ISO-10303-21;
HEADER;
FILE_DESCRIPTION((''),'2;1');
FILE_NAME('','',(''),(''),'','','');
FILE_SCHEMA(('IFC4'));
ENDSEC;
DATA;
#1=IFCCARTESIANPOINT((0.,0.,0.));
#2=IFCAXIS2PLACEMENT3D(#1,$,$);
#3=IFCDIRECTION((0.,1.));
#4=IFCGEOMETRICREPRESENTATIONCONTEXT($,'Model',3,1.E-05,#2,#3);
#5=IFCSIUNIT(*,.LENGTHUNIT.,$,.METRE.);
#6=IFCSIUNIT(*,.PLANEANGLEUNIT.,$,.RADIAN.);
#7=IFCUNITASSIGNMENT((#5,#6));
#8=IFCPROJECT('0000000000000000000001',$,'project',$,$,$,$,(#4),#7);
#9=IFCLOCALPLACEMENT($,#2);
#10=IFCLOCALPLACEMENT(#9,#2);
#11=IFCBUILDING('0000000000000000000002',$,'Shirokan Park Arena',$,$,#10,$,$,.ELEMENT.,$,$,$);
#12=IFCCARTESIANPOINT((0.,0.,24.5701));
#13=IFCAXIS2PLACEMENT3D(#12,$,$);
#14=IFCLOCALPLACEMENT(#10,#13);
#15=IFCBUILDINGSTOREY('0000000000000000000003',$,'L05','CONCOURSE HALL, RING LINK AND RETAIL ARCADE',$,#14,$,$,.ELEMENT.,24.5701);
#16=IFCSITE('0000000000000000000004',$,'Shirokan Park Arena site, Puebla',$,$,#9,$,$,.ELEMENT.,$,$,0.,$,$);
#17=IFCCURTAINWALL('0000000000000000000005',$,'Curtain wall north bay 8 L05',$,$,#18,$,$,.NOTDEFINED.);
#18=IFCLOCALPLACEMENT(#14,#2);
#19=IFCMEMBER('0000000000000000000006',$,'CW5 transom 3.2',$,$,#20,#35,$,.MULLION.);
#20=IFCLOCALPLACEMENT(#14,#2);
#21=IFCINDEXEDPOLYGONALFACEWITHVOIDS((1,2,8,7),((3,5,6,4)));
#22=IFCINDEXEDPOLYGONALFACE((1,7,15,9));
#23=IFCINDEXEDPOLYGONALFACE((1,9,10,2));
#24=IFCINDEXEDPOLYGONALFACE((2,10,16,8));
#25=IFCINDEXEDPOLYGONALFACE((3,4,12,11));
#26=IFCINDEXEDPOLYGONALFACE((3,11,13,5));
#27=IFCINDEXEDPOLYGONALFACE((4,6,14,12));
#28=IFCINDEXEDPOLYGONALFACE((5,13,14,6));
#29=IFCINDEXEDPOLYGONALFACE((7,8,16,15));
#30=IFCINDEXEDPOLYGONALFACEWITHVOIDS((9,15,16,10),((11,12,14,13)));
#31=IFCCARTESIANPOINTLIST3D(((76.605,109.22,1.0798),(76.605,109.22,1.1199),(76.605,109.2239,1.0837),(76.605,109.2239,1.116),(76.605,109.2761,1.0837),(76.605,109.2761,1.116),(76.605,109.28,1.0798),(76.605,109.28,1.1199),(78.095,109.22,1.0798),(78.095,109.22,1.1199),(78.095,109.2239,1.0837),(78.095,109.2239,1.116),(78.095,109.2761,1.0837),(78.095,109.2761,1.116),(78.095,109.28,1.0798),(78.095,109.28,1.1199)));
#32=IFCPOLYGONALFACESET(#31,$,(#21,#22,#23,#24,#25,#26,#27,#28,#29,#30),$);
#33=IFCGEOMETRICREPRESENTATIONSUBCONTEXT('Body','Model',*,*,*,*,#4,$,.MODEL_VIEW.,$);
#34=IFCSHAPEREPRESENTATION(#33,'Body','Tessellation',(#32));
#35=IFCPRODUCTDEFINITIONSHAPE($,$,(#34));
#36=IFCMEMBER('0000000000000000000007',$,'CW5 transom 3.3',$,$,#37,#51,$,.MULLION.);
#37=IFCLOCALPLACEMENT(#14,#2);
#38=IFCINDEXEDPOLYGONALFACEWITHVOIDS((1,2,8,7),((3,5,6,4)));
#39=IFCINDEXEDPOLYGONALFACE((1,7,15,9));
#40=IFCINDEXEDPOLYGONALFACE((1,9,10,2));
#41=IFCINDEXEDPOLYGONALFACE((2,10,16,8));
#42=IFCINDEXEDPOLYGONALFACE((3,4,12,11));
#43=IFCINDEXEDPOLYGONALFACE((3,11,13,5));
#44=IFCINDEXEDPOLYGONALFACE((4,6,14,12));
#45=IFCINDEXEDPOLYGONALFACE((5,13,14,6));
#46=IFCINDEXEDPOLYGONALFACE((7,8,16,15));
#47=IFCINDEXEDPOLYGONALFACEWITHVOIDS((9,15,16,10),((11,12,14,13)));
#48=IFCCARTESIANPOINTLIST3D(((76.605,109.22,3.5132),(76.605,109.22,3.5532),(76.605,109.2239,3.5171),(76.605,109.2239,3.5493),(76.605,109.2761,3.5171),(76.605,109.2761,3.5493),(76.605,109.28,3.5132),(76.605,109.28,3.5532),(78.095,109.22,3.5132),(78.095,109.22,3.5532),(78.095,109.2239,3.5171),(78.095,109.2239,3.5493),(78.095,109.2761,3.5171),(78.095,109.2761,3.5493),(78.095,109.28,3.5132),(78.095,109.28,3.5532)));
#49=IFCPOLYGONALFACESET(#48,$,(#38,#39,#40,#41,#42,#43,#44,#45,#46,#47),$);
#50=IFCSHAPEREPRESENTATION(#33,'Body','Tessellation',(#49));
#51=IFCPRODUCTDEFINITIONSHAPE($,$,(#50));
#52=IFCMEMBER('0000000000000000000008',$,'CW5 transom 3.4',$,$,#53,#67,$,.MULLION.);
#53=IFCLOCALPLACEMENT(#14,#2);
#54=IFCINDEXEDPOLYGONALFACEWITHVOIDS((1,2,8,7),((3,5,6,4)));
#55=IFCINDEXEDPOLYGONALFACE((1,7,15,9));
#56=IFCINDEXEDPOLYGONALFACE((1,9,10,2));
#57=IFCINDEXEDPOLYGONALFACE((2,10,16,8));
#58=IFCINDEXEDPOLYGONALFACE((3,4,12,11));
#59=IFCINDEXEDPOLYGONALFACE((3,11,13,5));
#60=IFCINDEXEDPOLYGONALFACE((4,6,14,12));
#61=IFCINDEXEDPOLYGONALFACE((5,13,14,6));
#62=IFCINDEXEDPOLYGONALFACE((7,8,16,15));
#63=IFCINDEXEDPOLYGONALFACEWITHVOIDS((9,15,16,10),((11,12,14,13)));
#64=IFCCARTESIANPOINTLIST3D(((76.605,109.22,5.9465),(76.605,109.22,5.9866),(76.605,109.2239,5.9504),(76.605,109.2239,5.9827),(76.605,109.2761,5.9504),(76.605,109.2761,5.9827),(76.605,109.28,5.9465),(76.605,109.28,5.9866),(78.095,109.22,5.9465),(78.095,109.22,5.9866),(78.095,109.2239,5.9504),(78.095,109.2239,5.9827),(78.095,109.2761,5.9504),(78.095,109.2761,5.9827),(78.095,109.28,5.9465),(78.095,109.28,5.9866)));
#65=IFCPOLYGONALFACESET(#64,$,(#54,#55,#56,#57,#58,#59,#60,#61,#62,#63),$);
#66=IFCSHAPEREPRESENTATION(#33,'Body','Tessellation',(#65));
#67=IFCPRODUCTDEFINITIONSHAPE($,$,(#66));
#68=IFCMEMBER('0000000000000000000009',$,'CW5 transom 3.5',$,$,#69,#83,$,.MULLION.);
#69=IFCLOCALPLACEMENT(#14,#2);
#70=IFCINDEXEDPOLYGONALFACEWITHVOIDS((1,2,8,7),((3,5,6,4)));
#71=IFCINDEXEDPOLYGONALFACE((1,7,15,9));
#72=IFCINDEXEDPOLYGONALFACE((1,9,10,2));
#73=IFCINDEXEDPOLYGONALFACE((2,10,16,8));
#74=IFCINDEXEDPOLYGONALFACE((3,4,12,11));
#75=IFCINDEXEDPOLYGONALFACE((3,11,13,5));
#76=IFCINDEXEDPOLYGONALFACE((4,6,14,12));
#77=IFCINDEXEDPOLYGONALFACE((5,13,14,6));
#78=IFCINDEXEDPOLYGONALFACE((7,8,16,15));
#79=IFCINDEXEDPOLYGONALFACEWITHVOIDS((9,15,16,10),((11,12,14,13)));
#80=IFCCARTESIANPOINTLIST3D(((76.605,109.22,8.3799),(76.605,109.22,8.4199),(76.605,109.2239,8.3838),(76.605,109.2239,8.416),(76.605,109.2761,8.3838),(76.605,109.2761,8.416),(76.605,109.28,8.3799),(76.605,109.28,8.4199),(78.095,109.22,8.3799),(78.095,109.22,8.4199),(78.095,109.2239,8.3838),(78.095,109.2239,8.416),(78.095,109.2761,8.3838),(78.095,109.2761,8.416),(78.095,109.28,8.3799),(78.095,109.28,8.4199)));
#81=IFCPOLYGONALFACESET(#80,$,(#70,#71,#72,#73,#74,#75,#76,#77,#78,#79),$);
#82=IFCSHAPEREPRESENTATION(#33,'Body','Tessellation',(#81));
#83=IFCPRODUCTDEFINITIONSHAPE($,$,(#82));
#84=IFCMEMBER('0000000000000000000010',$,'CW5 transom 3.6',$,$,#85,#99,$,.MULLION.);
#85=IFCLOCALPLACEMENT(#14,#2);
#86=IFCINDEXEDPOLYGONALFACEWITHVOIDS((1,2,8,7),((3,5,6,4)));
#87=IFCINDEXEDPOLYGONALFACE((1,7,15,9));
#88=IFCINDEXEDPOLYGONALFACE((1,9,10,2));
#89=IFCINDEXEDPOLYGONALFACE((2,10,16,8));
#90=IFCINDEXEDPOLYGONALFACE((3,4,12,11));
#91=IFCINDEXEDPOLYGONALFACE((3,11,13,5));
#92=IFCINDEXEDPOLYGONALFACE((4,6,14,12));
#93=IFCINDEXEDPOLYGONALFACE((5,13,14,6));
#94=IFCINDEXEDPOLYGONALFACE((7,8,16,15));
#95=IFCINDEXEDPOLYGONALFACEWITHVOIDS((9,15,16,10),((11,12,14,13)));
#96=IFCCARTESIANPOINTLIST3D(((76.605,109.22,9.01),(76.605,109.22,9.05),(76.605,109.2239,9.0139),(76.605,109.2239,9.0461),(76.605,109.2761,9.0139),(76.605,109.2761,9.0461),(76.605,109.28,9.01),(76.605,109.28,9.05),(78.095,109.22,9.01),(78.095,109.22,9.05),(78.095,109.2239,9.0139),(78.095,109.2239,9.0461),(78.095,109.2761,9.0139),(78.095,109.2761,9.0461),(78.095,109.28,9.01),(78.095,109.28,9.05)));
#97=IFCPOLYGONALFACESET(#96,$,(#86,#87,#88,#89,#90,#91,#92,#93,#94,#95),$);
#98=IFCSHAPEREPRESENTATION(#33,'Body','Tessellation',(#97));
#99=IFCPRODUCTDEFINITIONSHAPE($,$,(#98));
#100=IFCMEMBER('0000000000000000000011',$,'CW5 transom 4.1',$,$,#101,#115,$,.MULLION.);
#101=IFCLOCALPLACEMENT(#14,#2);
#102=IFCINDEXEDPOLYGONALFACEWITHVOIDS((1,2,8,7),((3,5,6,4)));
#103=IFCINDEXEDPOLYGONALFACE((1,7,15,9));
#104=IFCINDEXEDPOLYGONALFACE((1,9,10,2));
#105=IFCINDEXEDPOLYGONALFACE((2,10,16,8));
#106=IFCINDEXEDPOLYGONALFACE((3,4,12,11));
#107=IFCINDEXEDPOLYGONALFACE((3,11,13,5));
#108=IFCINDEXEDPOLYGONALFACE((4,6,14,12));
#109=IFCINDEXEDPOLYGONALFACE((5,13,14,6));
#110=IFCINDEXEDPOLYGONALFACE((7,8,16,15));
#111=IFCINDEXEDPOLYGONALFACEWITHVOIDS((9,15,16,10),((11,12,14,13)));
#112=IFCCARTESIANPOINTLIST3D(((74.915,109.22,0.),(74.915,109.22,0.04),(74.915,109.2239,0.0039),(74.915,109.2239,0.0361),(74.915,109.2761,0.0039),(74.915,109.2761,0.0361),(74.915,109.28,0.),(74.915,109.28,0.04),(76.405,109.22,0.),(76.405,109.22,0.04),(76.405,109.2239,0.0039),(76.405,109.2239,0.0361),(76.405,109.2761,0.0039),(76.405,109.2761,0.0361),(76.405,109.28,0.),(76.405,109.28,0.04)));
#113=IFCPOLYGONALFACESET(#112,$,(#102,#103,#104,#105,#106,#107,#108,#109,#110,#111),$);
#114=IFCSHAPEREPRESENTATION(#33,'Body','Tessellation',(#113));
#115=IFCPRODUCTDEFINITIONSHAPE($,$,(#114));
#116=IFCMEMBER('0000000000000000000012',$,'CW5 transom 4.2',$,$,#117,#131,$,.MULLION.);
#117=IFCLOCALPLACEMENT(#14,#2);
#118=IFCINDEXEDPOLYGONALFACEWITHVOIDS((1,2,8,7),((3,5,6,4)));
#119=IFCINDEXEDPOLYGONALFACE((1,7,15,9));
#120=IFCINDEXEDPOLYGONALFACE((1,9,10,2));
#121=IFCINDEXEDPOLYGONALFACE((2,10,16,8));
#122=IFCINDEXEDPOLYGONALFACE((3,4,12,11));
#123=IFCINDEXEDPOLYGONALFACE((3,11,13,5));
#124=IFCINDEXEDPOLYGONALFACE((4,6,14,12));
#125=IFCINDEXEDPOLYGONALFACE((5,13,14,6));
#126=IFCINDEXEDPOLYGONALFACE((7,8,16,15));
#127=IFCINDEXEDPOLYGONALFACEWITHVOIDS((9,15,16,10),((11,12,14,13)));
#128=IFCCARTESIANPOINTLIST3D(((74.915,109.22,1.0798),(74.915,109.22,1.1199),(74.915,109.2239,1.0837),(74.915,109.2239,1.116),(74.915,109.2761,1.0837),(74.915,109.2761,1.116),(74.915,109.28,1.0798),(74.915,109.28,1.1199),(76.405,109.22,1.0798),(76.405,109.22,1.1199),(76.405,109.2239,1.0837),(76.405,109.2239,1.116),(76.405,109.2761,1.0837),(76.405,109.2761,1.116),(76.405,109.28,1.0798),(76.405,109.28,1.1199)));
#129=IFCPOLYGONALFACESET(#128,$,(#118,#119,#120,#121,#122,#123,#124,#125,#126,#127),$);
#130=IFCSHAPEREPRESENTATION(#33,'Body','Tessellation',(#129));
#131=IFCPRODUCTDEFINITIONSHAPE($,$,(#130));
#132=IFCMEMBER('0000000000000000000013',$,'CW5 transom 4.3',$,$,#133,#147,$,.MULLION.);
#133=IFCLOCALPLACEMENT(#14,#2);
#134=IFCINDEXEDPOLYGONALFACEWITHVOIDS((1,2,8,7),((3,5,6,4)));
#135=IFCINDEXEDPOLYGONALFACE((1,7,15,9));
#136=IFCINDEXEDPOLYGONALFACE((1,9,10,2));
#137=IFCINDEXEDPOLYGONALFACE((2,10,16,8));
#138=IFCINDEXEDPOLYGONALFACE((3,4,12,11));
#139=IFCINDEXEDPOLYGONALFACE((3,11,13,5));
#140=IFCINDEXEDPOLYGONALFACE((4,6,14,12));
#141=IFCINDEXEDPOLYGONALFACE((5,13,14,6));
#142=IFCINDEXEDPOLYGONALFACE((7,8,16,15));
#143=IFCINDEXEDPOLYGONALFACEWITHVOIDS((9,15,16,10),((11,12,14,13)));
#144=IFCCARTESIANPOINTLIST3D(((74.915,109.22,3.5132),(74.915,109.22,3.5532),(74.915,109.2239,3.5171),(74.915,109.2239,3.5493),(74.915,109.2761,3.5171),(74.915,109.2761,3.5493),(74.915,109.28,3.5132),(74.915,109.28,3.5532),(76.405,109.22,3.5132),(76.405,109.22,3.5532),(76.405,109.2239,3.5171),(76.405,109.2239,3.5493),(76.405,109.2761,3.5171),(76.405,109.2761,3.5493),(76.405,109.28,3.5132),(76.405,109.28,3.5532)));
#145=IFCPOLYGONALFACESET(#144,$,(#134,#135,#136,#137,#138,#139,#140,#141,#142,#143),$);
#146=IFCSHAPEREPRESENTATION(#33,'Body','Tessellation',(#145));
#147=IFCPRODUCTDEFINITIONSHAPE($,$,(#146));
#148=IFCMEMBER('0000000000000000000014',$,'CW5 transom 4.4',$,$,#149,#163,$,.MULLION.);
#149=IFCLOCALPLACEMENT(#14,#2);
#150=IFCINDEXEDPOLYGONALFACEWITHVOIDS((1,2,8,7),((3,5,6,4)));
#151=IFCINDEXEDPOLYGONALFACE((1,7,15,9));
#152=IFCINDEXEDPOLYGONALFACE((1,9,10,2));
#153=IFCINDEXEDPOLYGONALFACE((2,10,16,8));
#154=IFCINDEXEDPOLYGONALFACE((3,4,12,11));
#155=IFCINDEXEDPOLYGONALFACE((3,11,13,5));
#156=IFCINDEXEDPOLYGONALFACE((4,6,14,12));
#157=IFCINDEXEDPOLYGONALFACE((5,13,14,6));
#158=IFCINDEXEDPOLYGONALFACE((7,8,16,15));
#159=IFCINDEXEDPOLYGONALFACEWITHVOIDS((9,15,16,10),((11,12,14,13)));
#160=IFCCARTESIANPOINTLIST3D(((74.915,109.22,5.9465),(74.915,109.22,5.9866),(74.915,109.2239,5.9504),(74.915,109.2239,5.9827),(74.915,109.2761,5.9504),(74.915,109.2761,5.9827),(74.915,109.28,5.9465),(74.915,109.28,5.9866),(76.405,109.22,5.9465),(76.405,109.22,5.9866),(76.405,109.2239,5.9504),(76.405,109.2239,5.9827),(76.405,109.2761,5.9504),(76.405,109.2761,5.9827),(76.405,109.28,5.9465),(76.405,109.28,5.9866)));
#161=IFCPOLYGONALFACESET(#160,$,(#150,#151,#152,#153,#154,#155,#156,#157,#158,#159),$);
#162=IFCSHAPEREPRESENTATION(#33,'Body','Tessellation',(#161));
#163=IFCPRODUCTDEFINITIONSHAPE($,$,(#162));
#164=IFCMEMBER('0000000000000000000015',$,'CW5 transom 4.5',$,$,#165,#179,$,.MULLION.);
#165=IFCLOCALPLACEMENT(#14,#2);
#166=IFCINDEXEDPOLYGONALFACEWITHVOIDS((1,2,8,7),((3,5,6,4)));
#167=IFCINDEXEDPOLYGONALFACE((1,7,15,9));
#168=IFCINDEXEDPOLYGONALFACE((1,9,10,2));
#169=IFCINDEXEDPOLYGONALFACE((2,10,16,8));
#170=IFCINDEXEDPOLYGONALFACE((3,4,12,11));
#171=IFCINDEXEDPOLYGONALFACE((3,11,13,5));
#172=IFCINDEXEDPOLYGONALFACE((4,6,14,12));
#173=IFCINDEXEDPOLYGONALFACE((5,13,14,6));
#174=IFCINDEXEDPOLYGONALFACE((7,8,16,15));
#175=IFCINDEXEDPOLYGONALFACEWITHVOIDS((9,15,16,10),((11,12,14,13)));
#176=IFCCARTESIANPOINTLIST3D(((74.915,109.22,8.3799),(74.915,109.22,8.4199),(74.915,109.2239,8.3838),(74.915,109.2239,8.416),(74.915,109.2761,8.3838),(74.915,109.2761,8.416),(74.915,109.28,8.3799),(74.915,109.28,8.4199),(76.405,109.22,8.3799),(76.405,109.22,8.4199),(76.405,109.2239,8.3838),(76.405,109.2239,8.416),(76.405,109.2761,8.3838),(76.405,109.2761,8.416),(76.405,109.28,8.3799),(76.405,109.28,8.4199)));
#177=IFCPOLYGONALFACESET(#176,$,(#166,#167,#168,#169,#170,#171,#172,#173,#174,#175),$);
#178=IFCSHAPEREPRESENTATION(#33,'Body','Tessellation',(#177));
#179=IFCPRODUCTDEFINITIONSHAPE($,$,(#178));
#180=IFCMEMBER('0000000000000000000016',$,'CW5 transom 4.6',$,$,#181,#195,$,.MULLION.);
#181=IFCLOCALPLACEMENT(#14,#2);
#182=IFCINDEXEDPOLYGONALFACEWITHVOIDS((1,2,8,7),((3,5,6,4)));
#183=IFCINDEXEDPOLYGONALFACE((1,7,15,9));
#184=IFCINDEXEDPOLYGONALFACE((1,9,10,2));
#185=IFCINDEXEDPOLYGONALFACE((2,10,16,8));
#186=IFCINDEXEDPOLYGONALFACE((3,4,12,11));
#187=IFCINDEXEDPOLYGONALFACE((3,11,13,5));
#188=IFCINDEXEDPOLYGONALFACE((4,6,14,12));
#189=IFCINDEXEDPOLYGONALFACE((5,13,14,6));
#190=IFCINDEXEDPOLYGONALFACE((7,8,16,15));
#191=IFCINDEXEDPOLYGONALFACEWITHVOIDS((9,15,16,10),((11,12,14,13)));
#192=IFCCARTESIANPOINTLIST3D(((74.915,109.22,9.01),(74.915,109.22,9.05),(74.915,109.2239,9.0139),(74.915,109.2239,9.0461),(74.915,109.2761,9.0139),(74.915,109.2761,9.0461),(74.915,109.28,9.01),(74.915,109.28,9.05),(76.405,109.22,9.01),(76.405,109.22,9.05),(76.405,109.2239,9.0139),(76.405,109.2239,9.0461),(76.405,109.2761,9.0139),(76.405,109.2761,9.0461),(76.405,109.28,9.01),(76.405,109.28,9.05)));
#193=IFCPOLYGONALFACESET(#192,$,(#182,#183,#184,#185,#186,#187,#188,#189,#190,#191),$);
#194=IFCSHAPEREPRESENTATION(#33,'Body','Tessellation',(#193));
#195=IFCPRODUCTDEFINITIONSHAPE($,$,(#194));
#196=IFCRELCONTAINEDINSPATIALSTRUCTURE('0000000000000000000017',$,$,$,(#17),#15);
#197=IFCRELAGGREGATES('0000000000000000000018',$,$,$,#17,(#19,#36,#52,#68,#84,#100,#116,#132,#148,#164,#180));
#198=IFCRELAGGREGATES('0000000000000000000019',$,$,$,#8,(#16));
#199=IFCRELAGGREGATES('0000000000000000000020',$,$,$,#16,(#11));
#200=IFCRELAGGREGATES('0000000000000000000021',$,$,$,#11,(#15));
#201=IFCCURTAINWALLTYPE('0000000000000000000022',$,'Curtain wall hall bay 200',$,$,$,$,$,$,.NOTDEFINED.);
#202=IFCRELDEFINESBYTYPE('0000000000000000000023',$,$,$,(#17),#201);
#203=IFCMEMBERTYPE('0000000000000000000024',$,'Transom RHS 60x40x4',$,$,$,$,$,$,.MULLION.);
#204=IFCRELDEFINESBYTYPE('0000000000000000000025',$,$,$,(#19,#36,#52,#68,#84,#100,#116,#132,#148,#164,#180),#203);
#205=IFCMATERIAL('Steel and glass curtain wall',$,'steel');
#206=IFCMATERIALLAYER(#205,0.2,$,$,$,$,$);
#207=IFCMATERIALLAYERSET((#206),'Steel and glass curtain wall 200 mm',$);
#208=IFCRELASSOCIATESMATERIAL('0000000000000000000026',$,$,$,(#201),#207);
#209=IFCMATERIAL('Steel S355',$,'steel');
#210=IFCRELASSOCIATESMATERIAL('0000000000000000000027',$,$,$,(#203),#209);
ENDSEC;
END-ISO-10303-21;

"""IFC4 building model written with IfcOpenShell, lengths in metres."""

from ifc_helpers import new_model, si_unit, direction, frame, origin, origin_2d, place, context, subcontext, project, spatial, hollow_rectangle, extrude, material, layer, layer_set, material_profile, profile_set, type_object, element, aggregate, save


model = new_model("IFC4")

# Units and contexts
model_context = context("Model", 3, precision=1e-05, world=origin(), true_north=direction((0.0, 1.0)))
body_context = subcontext(model_context, "Body", "Model", "MODEL_VIEW")
ifc_project = project(units=[si_unit("LENGTHUNIT", "METRE"), si_unit("PLANEANGLEUNIT", "RADIAN")], contexts=[model_context])

# Site, building, storey
site_placement = place(None, origin())
site = spatial("IfcSite", under=ifc_project, at=site_placement, Name="Shirokan Park Arena site, Puebla", CompositionType="ELEMENT", RefElevation=0.0)
building_placement = place(site_placement, origin())
building = spatial("IfcBuilding", under=site, at=building_placement, Name="Shirokan Park Arena", CompositionType="ELEMENT")
storey_placement = place(building_placement, frame((0.0, 0.0, 24.5701)))
storey = spatial("IfcBuildingStorey", under=building, at=storey_placement, Name="L05", Description="CONCOURSE HALL, RING LINK AND RETAIL ARCADE", CompositionType="ELEMENT", Elevation=24.5701)

# Curtain wall, members
ifc_material_1 = material(Name="Steel and glass curtain wall", Category="steel")
ifc_layer_1 = layer(ifc_material_1, 0.2)
ifc_layer_set_1 = layer_set([ifc_layer_1], Name="Steel and glass curtain wall 200 mm")
curtain_wall_type = type_object("IfcCurtainWallType", Name="Curtain wall hall bay 200", PredefinedType="NOTDEFINED", material=ifc_layer_set_1)
curtain_wall_placement = place(storey_placement, origin())
curtain_wall = element("IfcCurtainWall", 1, at=curtain_wall_placement, inside=storey, type_object=curtain_wall_type, Name="Curtain wall north bay 8 L05", PredefinedType="NOTDEFINED")
ifc_material_2 = material(Name="Steel S355", Category="steel")
ifc_material_profile_1 = material_profile(ifc_material_2, hollow_rectangle(XDim=0.0601, YDim=0.04, WallThickness=0.0039, at=origin_2d()), Name="RHS 60x40x4")
ifc_profile_set_1 = profile_set([ifc_material_profile_1], Name="Steel S355")
member_type_1 = type_object("IfcMemberType", Name="Transom RHS 60x40x4", PredefinedType="MULLION", material=ifc_profile_set_1)
member_1_placement = place(storey_placement, frame((78.095, 109.25, 1.0999), z_axis=(-1.0, 0.0, 0.0), x_axis=(0.0, -1.0, 0.0)))
member_1 = element("IfcMember", 2, at=member_1_placement, type_object=member_type_1, Name="CW5 transom 3.2", PredefinedType="MULLION", context=body_context, shape_type="SweptSolid", body=[
    extrude(hollow_rectangle(XDim=0.0601, YDim=0.04, WallThickness=0.0039, at=origin_2d()), origin(), (0.0, 0.0, 1.0), 1.49),
])
member_2_placement = place(storey_placement, frame((78.095, 109.25, 3.5332), z_axis=(-1.0, 0.0, 0.0), x_axis=(0.0, -1.0, 0.0)))
member_2 = element("IfcMember", 3, at=member_2_placement, type_object=member_type_1, Name="CW5 transom 3.3", PredefinedType="MULLION", context=body_context, shape_type="SweptSolid", body=[
    extrude(hollow_rectangle(XDim=0.0601, YDim=0.04, WallThickness=0.0039, at=origin_2d()), origin(), (0.0, 0.0, 1.0), 1.49),
])
member_3_placement = place(storey_placement, frame((78.095, 109.25, 5.9666), z_axis=(-1.0, 0.0, 0.0), x_axis=(0.0, -1.0, 0.0)))
member_3 = element("IfcMember", 4, at=member_3_placement, type_object=member_type_1, Name="CW5 transom 3.4", PredefinedType="MULLION", context=body_context, shape_type="SweptSolid", body=[
    extrude(hollow_rectangle(XDim=0.0601, YDim=0.04, WallThickness=0.0039, at=origin_2d()), origin(), (0.0, 0.0, 1.0), 1.49),
])
member_4_placement = place(storey_placement, frame((78.095, 109.25, 8.3999), z_axis=(-1.0, 0.0, 0.0), x_axis=(0.0, -1.0, 0.0)))
member_4 = element("IfcMember", 5, at=member_4_placement, type_object=member_type_1, Name="CW5 transom 3.5", PredefinedType="MULLION", context=body_context, shape_type="SweptSolid", body=[
    extrude(hollow_rectangle(XDim=0.0601, YDim=0.04, WallThickness=0.0039, at=origin_2d()), origin(), (0.0, 0.0, 1.0), 1.49),
])
member_5_placement = place(storey_placement, frame((78.095, 109.25, 9.03), z_axis=(-1.0, 0.0, 0.0), x_axis=(0.0, -1.0, 0.0)))
member_5 = element("IfcMember", 6, at=member_5_placement, type_object=member_type_1, Name="CW5 transom 3.6", PredefinedType="MULLION", context=body_context, shape_type="SweptSolid", body=[
    extrude(hollow_rectangle(XDim=0.0601, YDim=0.04, WallThickness=0.0039, at=origin_2d()), origin(), (0.0, 0.0, 1.0), 1.49),
])
member_6_placement = place(storey_placement, frame((76.405, 109.25, 0.02), z_axis=(-1.0, 0.0, 0.0), x_axis=(0.0, -1.0, 0.0)))
member_6 = element("IfcMember", 7, at=member_6_placement, type_object=member_type_1, Name="CW5 transom 4.1", PredefinedType="MULLION", context=body_context, shape_type="SweptSolid", body=[
    extrude(hollow_rectangle(XDim=0.0601, YDim=0.04, WallThickness=0.0039, at=origin_2d()), origin(), (0.0, 0.0, 1.0), 1.49),
])
member_7_placement = place(storey_placement, frame((76.405, 109.25, 1.0999), z_axis=(-1.0, 0.0, 0.0), x_axis=(0.0, -1.0, 0.0)))
member_7 = element("IfcMember", 8, at=member_7_placement, type_object=member_type_1, Name="CW5 transom 4.2", PredefinedType="MULLION", context=body_context, shape_type="SweptSolid", body=[
    extrude(hollow_rectangle(XDim=0.0601, YDim=0.04, WallThickness=0.0039, at=origin_2d()), origin(), (0.0, 0.0, 1.0), 1.49),
])
member_8_placement = place(storey_placement, frame((76.405, 109.25, 3.5332), z_axis=(-1.0, 0.0, 0.0), x_axis=(0.0, -1.0, 0.0)))
member_8 = element("IfcMember", 9, at=member_8_placement, type_object=member_type_1, Name="CW5 transom 4.3", PredefinedType="MULLION", context=body_context, shape_type="SweptSolid", body=[
    extrude(hollow_rectangle(XDim=0.0601, YDim=0.04, WallThickness=0.0039, at=origin_2d()), origin(), (0.0, 0.0, 1.0), 1.49),
])
member_9_placement = place(storey_placement, frame((76.405, 109.25, 5.9666), z_axis=(-1.0, 0.0, 0.0), x_axis=(0.0, -1.0, 0.0)))
member_9 = element("IfcMember", 10, at=member_9_placement, type_object=member_type_1, Name="CW5 transom 4.4", PredefinedType="MULLION", context=body_context, shape_type="SweptSolid", body=[
    extrude(hollow_rectangle(XDim=0.0601, YDim=0.04, WallThickness=0.0039, at=origin_2d()), origin(), (0.0, 0.0, 1.0), 1.49),
])
member_10_placement = place(storey_placement, frame((76.405, 109.25, 8.3999), z_axis=(-1.0, 0.0, 0.0), x_axis=(0.0, -1.0, 0.0)))
member_10 = element("IfcMember", 11, at=member_10_placement, type_object=member_type_1, Name="CW5 transom 4.5", PredefinedType="MULLION", context=body_context, shape_type="SweptSolid", body=[
    extrude(hollow_rectangle(XDim=0.0601, YDim=0.04, WallThickness=0.0039, at=origin_2d()), origin(), (0.0, 0.0, 1.0), 1.49),
])
member_11_placement = place(storey_placement, frame((76.405, 109.25, 9.03), z_axis=(-1.0, 0.0, 0.0), x_axis=(0.0, -1.0, 0.0)))
member_11 = element("IfcMember", 12, at=member_11_placement, type_object=member_type_1, Name="CW5 transom 4.6", PredefinedType="MULLION", context=body_context, shape_type="SweptSolid", body=[
    extrude(hollow_rectangle(XDim=0.0601, YDim=0.04, WallThickness=0.0039, at=origin_2d()), origin(), (0.0, 0.0, 1.0), 1.49),
])
aggregate(curtain_wall, [member_1, member_2, member_3, member_4, member_5, member_6, member_7, member_8, member_9, member_10, member_11])

save(model, "model.ifc")
